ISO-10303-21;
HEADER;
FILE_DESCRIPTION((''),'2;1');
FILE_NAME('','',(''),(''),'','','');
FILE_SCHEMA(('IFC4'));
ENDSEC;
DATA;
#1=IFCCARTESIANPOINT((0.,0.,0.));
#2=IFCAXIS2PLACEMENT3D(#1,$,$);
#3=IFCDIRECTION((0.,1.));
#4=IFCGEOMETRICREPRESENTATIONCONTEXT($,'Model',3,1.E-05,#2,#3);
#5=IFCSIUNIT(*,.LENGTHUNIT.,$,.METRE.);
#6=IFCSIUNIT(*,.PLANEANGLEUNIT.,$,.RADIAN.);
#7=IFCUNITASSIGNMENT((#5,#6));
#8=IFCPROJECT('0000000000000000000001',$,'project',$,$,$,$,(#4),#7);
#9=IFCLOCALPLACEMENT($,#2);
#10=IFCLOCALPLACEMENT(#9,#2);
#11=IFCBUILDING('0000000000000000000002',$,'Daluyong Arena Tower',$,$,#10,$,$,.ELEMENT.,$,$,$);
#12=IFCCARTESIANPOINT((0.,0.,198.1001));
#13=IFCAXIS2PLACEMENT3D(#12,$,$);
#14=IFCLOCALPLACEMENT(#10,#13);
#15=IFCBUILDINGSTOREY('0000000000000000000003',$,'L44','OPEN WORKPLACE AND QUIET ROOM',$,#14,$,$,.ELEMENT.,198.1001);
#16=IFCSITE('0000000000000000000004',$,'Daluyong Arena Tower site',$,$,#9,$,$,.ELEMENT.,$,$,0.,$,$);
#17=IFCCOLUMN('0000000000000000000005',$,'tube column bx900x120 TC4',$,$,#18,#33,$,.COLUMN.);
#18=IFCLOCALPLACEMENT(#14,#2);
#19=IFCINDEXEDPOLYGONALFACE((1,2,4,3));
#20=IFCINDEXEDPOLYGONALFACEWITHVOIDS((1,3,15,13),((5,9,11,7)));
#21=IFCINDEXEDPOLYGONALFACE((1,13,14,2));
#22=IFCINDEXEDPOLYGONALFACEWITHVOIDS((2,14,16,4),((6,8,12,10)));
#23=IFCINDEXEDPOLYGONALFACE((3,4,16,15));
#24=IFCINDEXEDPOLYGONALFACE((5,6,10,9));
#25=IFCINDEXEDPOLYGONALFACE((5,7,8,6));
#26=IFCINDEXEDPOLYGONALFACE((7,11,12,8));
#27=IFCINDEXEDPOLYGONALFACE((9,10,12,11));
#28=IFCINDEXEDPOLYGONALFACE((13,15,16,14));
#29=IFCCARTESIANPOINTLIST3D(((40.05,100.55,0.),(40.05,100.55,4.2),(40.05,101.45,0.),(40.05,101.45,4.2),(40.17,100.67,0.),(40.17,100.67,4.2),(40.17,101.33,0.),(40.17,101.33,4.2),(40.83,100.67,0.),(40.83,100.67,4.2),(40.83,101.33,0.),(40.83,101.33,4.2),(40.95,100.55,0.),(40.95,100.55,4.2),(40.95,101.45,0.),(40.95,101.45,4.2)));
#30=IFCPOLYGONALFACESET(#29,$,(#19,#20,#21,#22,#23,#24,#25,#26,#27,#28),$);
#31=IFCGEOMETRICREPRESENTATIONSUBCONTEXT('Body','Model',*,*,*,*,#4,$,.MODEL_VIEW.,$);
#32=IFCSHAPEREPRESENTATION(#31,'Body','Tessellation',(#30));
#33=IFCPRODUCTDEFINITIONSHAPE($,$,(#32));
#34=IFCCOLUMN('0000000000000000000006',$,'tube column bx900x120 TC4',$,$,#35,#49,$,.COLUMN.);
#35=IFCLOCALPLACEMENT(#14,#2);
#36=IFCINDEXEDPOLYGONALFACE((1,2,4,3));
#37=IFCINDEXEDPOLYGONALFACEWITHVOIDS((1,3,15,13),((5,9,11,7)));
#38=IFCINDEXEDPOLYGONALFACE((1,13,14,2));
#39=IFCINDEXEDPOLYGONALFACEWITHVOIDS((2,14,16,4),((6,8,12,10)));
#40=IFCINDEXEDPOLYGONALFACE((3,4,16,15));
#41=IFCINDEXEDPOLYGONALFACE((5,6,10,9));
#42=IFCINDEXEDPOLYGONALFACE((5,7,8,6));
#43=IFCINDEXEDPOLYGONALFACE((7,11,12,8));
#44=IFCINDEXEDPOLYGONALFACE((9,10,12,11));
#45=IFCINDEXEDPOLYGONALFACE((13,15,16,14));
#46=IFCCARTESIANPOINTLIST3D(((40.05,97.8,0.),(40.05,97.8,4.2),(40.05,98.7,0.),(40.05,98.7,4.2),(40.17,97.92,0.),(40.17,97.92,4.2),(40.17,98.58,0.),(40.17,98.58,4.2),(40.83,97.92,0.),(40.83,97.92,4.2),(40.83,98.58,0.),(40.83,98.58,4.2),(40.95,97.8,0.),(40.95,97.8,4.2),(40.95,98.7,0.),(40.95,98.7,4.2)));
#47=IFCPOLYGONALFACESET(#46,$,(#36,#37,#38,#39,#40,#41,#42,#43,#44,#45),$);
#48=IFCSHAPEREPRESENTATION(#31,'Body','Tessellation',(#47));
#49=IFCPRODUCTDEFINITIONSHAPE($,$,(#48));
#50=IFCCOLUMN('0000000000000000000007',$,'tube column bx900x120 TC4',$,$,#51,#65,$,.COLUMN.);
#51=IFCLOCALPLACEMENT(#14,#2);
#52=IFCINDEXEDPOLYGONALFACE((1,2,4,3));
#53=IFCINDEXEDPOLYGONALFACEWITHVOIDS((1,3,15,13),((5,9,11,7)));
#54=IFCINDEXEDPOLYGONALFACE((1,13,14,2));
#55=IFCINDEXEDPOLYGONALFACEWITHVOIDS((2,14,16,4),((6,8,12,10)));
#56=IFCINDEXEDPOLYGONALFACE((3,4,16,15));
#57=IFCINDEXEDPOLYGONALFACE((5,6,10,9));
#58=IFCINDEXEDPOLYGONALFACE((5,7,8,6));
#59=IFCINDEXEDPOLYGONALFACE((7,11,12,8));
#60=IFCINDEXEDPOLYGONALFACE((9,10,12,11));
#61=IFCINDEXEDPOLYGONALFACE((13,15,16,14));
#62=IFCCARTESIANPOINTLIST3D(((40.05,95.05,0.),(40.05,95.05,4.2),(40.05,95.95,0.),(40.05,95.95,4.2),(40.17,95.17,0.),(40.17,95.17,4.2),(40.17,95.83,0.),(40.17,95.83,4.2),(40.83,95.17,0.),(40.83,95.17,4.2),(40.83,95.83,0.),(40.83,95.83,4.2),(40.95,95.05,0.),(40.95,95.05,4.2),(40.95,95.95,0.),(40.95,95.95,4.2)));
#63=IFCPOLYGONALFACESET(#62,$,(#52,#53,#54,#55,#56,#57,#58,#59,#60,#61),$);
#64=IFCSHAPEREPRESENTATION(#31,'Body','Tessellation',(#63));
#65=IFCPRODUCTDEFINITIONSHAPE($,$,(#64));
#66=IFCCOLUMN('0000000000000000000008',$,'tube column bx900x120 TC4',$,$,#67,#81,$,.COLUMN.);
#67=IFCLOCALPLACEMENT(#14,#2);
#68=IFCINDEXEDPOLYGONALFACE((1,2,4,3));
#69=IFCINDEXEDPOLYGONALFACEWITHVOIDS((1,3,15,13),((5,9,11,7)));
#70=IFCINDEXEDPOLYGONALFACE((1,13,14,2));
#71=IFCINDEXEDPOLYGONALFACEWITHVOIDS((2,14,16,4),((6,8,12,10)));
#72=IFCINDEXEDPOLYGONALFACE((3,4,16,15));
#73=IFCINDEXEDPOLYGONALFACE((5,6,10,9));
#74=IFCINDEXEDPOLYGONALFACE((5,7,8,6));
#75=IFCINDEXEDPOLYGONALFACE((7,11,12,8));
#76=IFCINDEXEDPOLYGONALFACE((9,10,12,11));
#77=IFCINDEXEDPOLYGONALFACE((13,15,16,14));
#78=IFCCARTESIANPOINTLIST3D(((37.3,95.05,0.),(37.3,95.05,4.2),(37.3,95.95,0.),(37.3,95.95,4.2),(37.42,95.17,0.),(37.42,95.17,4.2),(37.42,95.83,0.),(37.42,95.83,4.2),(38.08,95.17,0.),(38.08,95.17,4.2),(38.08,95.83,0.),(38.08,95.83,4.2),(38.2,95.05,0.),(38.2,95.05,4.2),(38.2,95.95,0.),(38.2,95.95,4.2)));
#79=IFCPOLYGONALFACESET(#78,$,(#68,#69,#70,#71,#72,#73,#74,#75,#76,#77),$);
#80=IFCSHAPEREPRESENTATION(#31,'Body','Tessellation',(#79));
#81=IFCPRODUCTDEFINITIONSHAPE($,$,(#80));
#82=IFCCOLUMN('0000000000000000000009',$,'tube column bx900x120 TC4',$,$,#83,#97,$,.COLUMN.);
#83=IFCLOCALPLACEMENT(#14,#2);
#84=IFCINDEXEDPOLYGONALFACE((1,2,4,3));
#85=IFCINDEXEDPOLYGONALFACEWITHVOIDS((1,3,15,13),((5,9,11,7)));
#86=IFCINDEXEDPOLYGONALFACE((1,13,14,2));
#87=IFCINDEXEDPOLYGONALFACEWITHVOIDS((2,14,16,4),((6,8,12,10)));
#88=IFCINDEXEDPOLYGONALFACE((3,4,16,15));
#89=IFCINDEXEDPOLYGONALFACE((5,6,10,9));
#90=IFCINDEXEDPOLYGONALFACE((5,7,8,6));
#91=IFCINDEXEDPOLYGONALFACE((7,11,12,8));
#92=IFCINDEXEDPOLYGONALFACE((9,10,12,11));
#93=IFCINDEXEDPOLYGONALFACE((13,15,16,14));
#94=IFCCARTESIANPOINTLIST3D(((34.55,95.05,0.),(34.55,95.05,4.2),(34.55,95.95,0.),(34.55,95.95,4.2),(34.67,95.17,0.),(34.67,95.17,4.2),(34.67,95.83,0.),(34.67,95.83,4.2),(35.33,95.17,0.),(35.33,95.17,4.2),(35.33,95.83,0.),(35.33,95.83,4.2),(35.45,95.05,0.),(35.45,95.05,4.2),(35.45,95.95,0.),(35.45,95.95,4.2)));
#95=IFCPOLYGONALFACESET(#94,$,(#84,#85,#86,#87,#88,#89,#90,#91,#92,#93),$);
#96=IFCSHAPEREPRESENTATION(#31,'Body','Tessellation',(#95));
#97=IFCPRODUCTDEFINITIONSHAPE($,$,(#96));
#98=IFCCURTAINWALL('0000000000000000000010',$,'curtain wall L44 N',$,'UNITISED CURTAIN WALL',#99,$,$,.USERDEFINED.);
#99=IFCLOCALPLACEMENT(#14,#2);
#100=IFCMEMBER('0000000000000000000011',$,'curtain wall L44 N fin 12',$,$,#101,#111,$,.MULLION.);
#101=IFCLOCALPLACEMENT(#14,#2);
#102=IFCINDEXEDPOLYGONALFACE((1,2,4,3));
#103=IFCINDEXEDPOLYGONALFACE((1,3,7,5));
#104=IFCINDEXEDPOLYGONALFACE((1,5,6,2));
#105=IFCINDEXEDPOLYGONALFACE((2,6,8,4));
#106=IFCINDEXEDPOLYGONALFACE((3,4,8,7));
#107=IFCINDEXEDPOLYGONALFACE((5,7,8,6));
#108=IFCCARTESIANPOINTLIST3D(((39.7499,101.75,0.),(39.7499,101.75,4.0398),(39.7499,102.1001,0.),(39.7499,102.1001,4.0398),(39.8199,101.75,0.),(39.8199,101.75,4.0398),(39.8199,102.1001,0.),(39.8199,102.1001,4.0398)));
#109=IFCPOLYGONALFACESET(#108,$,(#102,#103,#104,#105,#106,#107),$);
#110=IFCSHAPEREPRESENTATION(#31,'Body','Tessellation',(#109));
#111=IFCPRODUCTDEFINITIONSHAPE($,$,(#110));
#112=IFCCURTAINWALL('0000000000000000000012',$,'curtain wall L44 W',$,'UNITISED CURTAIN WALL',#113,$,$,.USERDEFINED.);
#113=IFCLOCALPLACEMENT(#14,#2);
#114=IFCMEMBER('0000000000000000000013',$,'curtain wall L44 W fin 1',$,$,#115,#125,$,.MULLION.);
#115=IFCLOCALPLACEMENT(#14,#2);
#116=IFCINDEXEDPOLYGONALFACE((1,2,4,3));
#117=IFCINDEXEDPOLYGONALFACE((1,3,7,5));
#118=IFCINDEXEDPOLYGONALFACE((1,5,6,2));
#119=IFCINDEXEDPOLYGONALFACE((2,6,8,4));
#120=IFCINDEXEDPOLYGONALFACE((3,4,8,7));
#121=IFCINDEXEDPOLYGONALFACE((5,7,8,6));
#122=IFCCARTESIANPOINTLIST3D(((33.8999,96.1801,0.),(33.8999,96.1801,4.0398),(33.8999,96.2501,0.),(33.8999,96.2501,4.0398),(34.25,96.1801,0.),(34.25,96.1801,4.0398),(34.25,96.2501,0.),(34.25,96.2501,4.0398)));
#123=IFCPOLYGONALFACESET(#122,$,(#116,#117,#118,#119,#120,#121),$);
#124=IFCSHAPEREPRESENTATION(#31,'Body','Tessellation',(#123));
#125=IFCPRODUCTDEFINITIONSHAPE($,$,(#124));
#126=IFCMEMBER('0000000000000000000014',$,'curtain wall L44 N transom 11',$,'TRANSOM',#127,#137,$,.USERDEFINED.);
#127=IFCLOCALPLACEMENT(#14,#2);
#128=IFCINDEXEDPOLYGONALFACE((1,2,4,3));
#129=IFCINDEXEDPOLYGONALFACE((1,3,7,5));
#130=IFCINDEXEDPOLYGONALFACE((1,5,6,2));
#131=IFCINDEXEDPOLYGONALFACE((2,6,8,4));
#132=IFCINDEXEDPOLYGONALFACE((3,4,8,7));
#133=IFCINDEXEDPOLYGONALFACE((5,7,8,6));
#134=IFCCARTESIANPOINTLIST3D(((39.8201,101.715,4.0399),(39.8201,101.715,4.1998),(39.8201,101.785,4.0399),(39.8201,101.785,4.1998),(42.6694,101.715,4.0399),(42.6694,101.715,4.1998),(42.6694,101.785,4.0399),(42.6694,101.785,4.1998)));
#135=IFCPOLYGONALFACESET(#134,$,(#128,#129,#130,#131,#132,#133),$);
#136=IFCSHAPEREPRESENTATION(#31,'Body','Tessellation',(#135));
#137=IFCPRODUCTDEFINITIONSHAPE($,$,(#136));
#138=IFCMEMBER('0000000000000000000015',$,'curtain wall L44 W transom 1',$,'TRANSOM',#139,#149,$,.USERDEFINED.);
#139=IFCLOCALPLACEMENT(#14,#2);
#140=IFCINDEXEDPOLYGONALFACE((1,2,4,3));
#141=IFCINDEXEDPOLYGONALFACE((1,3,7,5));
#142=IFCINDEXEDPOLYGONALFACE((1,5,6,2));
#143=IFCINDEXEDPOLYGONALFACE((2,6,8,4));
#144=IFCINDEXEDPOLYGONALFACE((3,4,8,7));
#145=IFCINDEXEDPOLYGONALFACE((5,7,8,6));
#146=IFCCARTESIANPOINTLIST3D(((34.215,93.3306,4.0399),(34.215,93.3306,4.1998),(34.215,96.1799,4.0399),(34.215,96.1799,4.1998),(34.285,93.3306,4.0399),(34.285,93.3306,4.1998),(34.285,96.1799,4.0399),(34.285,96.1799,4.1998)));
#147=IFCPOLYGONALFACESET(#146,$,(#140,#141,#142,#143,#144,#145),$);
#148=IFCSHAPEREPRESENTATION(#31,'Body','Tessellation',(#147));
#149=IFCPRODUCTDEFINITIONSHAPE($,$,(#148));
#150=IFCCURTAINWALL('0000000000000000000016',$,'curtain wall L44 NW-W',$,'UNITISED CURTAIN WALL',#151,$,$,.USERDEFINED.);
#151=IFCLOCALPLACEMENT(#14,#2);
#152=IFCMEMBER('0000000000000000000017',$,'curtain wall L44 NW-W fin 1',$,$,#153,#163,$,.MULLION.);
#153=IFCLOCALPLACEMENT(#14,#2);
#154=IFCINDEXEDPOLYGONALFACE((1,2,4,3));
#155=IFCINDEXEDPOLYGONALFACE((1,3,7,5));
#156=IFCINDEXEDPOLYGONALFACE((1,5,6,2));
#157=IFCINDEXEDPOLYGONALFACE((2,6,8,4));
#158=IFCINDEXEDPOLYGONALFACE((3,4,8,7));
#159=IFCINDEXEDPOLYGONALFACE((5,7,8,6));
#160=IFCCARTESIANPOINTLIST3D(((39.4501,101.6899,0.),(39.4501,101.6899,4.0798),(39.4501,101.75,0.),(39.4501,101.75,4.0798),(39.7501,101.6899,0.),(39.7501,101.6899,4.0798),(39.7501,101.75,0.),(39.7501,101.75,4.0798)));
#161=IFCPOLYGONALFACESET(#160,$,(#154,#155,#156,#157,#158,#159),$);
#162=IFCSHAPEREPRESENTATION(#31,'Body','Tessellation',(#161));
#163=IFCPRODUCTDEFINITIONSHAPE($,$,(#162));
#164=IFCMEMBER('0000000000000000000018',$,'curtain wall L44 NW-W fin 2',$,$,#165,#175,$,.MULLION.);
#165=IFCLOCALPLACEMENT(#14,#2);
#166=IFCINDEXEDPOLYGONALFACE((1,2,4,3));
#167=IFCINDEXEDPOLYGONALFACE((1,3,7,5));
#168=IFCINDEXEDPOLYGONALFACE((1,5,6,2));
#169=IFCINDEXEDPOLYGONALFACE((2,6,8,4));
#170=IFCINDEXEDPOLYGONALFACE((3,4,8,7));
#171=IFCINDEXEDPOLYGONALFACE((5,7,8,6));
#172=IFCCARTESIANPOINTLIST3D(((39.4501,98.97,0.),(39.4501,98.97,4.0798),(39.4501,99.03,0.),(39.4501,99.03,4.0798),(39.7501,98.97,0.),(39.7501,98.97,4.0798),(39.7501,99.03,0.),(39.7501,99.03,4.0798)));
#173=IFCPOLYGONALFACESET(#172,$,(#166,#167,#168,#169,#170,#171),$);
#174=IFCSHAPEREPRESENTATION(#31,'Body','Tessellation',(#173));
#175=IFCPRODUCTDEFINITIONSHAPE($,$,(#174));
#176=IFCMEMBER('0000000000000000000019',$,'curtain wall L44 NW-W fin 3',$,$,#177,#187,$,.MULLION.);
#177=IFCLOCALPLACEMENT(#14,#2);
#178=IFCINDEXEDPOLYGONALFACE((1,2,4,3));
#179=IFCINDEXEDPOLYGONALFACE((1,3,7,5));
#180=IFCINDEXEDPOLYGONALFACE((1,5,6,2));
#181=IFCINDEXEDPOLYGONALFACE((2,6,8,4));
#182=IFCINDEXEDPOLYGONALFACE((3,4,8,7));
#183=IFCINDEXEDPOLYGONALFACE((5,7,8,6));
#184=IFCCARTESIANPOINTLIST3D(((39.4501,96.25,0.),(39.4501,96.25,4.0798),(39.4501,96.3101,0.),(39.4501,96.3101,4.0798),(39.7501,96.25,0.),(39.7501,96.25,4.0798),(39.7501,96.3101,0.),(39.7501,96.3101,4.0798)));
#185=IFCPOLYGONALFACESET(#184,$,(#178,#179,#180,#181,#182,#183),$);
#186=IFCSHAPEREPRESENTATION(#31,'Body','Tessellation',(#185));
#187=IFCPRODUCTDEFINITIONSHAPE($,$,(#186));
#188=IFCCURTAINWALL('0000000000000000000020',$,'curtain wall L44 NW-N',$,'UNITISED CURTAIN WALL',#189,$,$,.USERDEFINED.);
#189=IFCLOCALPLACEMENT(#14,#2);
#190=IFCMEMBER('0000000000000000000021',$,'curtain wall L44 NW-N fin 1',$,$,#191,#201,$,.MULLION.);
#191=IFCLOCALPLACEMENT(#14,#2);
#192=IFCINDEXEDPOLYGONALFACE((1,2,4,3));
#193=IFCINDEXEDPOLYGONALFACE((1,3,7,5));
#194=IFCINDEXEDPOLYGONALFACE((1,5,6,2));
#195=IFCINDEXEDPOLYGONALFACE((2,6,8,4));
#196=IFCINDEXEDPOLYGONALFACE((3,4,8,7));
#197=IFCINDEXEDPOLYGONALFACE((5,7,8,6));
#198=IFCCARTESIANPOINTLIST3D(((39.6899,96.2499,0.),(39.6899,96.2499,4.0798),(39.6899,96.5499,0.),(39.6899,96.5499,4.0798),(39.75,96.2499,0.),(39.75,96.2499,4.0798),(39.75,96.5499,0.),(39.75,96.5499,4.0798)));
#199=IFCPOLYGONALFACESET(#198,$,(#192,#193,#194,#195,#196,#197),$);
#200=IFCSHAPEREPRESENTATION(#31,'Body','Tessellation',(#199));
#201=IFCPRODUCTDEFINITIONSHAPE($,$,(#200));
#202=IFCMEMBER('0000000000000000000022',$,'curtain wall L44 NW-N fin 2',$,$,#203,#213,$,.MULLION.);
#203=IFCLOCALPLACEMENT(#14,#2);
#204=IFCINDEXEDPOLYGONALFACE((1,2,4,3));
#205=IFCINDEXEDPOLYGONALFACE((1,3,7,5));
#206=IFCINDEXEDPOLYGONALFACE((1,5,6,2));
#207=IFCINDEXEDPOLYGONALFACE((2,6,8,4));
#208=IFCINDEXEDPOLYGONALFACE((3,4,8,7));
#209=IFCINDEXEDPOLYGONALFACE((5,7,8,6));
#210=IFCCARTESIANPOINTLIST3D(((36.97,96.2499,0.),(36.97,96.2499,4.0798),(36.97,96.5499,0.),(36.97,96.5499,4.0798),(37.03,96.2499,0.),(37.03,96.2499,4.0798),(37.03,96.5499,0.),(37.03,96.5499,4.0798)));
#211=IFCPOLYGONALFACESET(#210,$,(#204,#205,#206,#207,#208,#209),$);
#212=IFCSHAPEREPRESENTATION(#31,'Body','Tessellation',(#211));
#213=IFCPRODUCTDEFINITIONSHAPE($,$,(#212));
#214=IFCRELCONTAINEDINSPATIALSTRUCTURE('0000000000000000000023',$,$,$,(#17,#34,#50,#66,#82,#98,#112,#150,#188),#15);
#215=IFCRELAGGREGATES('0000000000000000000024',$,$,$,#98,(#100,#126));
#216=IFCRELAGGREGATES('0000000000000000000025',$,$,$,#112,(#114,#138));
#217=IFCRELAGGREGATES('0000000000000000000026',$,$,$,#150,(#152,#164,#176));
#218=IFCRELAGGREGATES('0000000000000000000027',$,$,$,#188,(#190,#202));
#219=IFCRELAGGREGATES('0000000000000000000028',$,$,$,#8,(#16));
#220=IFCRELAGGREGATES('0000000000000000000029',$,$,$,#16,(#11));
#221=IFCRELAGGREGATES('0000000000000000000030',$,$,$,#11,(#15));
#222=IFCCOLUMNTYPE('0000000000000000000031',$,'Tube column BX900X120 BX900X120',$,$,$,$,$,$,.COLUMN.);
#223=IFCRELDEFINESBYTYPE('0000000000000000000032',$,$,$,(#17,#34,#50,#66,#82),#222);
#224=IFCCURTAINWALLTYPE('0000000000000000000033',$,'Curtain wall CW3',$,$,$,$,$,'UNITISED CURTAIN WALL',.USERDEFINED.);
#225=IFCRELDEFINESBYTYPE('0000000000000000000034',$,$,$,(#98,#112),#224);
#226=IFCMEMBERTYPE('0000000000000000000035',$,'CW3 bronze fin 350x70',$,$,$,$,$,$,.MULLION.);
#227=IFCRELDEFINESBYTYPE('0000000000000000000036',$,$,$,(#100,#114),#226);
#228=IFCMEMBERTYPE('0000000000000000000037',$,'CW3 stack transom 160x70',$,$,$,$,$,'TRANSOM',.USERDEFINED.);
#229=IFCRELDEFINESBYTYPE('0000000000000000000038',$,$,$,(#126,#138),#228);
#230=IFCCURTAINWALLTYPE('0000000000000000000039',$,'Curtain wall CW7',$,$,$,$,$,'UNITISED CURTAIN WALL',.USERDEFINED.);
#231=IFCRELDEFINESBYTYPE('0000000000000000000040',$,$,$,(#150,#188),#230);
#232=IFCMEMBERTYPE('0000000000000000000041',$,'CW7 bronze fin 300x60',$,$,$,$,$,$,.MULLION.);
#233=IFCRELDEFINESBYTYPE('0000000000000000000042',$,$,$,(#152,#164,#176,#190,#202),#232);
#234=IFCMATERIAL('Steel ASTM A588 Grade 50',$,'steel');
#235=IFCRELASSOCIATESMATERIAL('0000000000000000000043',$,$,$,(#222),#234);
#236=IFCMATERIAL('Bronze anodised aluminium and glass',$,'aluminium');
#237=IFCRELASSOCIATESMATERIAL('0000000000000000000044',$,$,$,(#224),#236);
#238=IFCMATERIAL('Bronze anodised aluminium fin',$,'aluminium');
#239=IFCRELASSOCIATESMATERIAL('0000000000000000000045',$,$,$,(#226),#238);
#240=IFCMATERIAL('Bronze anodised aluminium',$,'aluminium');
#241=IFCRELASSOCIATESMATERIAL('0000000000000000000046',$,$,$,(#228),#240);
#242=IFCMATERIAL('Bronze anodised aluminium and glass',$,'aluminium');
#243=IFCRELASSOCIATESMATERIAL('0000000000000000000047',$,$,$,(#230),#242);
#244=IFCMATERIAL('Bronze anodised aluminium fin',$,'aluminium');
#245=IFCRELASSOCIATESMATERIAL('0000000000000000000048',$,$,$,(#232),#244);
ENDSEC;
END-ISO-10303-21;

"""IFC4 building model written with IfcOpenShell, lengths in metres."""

from ifc_helpers import new_model, si_unit, direction, frame, origin, origin_2d, place, context, subcontext, project, spatial, rectangle, hollow_rectangle, extrude, material, material_profile, profile_set, type_object, element, aggregate, save


model = new_model("IFC4")

# Units and contexts
model_context = context("Model", 3, precision=1e-05, world=origin(), true_north=direction((0.0, 1.0)))
body_context = subcontext(model_context, "Body", "Model", "MODEL_VIEW")
ifc_project = project(units=[si_unit("LENGTHUNIT", "METRE"), si_unit("PLANEANGLEUNIT", "RADIAN")], contexts=[model_context])

# Site, building, storey
site_placement = place(None, origin())
site = spatial("IfcSite", under=ifc_project, at=site_placement, Name="Daluyong Arena Tower site", CompositionType="ELEMENT", RefElevation=0.0)
building_placement = place(site_placement, origin())
building = spatial("IfcBuilding", under=site, at=building_placement, Name="Daluyong Arena Tower", CompositionType="ELEMENT")
storey_placement = place(building_placement, frame((0.0, 0.0, 198.1001)))
storey = spatial("IfcBuildingStorey", under=building, at=storey_placement, Name="L44", Description="OPEN WORKPLACE AND QUIET ROOM", CompositionType="ELEMENT", Elevation=198.1001)

# Columns
ifc_material_1 = material(Name="Steel ASTM A588 Grade 50", Category="steel")
ifc_material_profile_1 = material_profile(ifc_material_1, hollow_rectangle(XDim=0.8999, YDim=0.8999, WallThickness=0.12, at=origin_2d()))
ifc_profile_set_1 = profile_set([ifc_material_profile_1], Name="Steel ASTM A588 Grade 50")
column_type = type_object("IfcColumnType", Name="Tube column BX900X120 BX900X120", PredefinedType="COLUMN", material=ifc_profile_set_1)
for number, where, z_axis, x_axis, name in (
    (1, (40.5, 101.0, 0.0), (0.0, 0.0, 1.0), (0.0, 1.0, 0.0), "tube column bx900x120 TC4"),
    (2, (40.5, 98.25, 0.0), (0.0, 0.0, 1.0), (0.0, 1.0, 0.0), "tube column bx900x120 TC4"),
    (3, (40.5, 95.5, 0.0), (0.0, 0.0, 1.0), (1.0, 0.0, 0.0), "tube column bx900x120 TC4"),
    (4, (37.75, 95.5, 0.0), (0.0, 0.0, 1.0), (1.0, 0.0, 0.0), "tube column bx900x120 TC4"),
    (5, (35.0, 95.5, 0.0), (0.0, 0.0, 1.0), (0.0, 1.0, 0.0), "tube column bx900x120 TC4"),
):
    element("IfcColumn", number, at=place(storey_placement, frame(where, z_axis=z_axis, x_axis=x_axis)), inside=storey, type_object=column_type, Name=name, PredefinedType="COLUMN", context=body_context, shape_type="SweptSolid", body=[
        extrude(hollow_rectangle(XDim=0.8999, YDim=0.8999, WallThickness=0.12, at=origin_2d()), origin(), (0.0, 0.0, 1.0), 4.2),
    ])

# Curtain walls, members
ifc_material_2 = material(Name="Bronze anodised aluminium and glass", Category="aluminium")
curtain_wall_type_1 = type_object("IfcCurtainWallType", Name="Curtain wall CW3", ElementType="UNITISED CURTAIN WALL", PredefinedType="USERDEFINED", material=ifc_material_2)
curtain_wall_1_placement = place(storey_placement, origin())
curtain_wall_1 = element("IfcCurtainWall", 6, at=curtain_wall_1_placement, inside=storey, type_object=curtain_wall_type_1, Name="curtain wall L44 N", ObjectType="UNITISED CURTAIN WALL", PredefinedType="USERDEFINED")
ifc_material_3 = material(Name="Bronze anodised aluminium fin", Category="aluminium")
ifc_material_profile_2 = material_profile(ifc_material_3, rectangle(XDim=0.3501, YDim=0.0701, at=origin_2d()))
ifc_profile_set_2 = profile_set([ifc_material_profile_2], Name="Bronze anodised aluminium fin")
member_type_1 = type_object("IfcMemberType", Name="CW3 bronze fin 350x70", PredefinedType="MULLION", material=ifc_profile_set_2)
member_1_placement = place(storey_placement, frame((39.7849, 101.925, 0.0), z_axis=(0.0, 0.0, 1.0), x_axis=(0.0, -1.0, 0.0)))
member_1 = element("IfcMember", 7, at=member_1_placement, type_object=member_type_1, Name="curtain wall L44 N fin 12", PredefinedType="MULLION", context=body_context, shape_type="SweptSolid", body=[
    extrude(rectangle(XDim=0.3501, YDim=0.0701, at=origin_2d()), origin(), (0.0, 0.0, 1.0), 4.0398),
])
curtain_wall_2_placement = place(storey_placement, origin())
curtain_wall_2 = element("IfcCurtainWall", 8, at=curtain_wall_2_placement, inside=storey, type_object=curtain_wall_type_1, Name="curtain wall L44 W", ObjectType="UNITISED CURTAIN WALL", PredefinedType="USERDEFINED")
member_2_placement = place(storey_placement, frame((34.075, 96.2151, 0.0), z_axis=(0.0, 0.0, 1.0), x_axis=(1.0, 0.0, 0.0)))
member_2 = element("IfcMember", 9, at=member_2_placement, type_object=member_type_1, Name="curtain wall L44 W fin 1", PredefinedType="MULLION", context=body_context, shape_type="SweptSolid", body=[
    extrude(rectangle(XDim=0.3501, YDim=0.0701, at=origin_2d()), origin(), (0.0, 0.0, 1.0), 4.0398),
])

# Members
ifc_material_4 = material(Name="Bronze anodised aluminium", Category="aluminium")
ifc_material_profile_3 = material_profile(ifc_material_4, rectangle(XDim=0.0701, YDim=0.1599, at=origin_2d()))
ifc_profile_set_3 = profile_set([ifc_material_profile_3], Name="Bronze anodised aluminium")
member_type_2 = type_object("IfcMemberType", Name="CW3 stack transom 160x70", ElementType="TRANSOM", PredefinedType="USERDEFINED", material=ifc_profile_set_3)
member_3_placement = place(storey_placement, frame((42.6694, 101.75, 4.1199), z_axis=(-1.0, 0.0, 0.0), x_axis=(0.0, -1.0, 0.0)))
member_3 = element("IfcMember", 10, at=member_3_placement, type_object=member_type_2, Name="curtain wall L44 N transom 11", ObjectType="TRANSOM", PredefinedType="USERDEFINED", context=body_context, shape_type="SweptSolid", body=[
    extrude(rectangle(XDim=0.0701, YDim=0.1599, at=origin_2d()), origin(), (0.0, 0.0, 1.0), 2.8494),
])
member_4_placement = place(storey_placement, frame((34.25, 96.1799, 4.1199), z_axis=(0.0, -1.0, 0.0), x_axis=(1.0, 0.0, 0.0)))
member_4 = element("IfcMember", 11, at=member_4_placement, type_object=member_type_2, Name="curtain wall L44 W transom 1", ObjectType="TRANSOM", PredefinedType="USERDEFINED", context=body_context, shape_type="SweptSolid", body=[
    extrude(rectangle(XDim=0.0701, YDim=0.1599, at=origin_2d()), origin(), (0.0, 0.0, 1.0), 2.8494),
])

# Curtain walls, members
ifc_material_5 = material(Name="Bronze anodised aluminium and glass", Category="aluminium")
curtain_wall_type_2 = type_object("IfcCurtainWallType", Name="Curtain wall CW7", ElementType="UNITISED CURTAIN WALL", PredefinedType="USERDEFINED", material=ifc_material_5)
curtain_wall_3_placement = place(storey_placement, origin())
curtain_wall_3 = element("IfcCurtainWall", 12, at=curtain_wall_3_placement, inside=storey, type_object=curtain_wall_type_2, Name="curtain wall L44 NW-W", ObjectType="UNITISED CURTAIN WALL", PredefinedType="USERDEFINED")
ifc_material_6 = material(Name="Bronze anodised aluminium fin", Category="aluminium")
ifc_material_profile_4 = material_profile(ifc_material_6, rectangle(XDim=0.3, YDim=0.0601, at=origin_2d()))
ifc_profile_set_4 = profile_set([ifc_material_profile_4], Name="Bronze anodised aluminium fin")
member_type_3 = type_object("IfcMemberType", Name="CW7 bronze fin 300x60", PredefinedType="MULLION", material=ifc_profile_set_4)
member_5_placement = place(storey_placement, frame((39.6001, 101.72, 0.0), z_axis=(0.0, 0.0, 1.0), x_axis=(1.0, 0.0, 0.0)))
member_5 = element("IfcMember", 13, at=member_5_placement, type_object=member_type_3, Name="curtain wall L44 NW-W fin 1", PredefinedType="MULLION", context=body_context, shape_type="SweptSolid", body=[
    extrude(rectangle(XDim=0.3, YDim=0.0601, at=origin_2d()), origin(), (0.0, 0.0, 1.0), 4.0798),
])
member_6_placement = place(storey_placement, frame((39.6001, 99.0, 0.0), z_axis=(0.0, 0.0, 1.0), x_axis=(1.0, 0.0, 0.0)))
member_6 = element("IfcMember", 14, at=member_6_placement, type_object=member_type_3, Name="curtain wall L44 NW-W fin 2", PredefinedType="MULLION", context=body_context, shape_type="SweptSolid", body=[
    extrude(rectangle(XDim=0.3, YDim=0.0601, at=origin_2d()), origin(), (0.0, 0.0, 1.0), 4.0798),
])
member_7_placement = place(storey_placement, frame((39.6001, 96.28, 0.0), z_axis=(0.0, 0.0, 1.0), x_axis=(1.0, 0.0, 0.0)))
member_7 = element("IfcMember", 15, at=member_7_placement, type_object=member_type_3, Name="curtain wall L44 NW-W fin 3", PredefinedType="MULLION", context=body_context, shape_type="SweptSolid", body=[
    extrude(rectangle(XDim=0.3, YDim=0.0601, at=origin_2d()), origin(), (0.0, 0.0, 1.0), 4.0798),
])
curtain_wall_4_placement = place(storey_placement, origin())
curtain_wall_4 = element("IfcCurtainWall", 16, at=curtain_wall_4_placement, inside=storey, type_object=curtain_wall_type_2, Name="curtain wall L44 NW-N", ObjectType="UNITISED CURTAIN WALL", PredefinedType="USERDEFINED")
member_8_placement = place(storey_placement, frame((39.72, 96.3999, 0.0), z_axis=(0.0, 0.0, 1.0), x_axis=(0.0, -1.0, 0.0)))
member_8 = element("IfcMember", 17, at=member_8_placement, type_object=member_type_3, Name="curtain wall L44 NW-N fin 1", PredefinedType="MULLION", context=body_context, shape_type="SweptSolid", body=[
    extrude(rectangle(XDim=0.3, YDim=0.0601, at=origin_2d()), origin(), (0.0, 0.0, 1.0), 4.0798),
])
member_9_placement = place(storey_placement, frame((37.0, 96.3999, 0.0), z_axis=(0.0, 0.0, 1.0), x_axis=(0.0, -1.0, 0.0)))
member_9 = element("IfcMember", 18, at=member_9_placement, type_object=member_type_3, Name="curtain wall L44 NW-N fin 2", PredefinedType="MULLION", context=body_context, shape_type="SweptSolid", body=[
    extrude(rectangle(XDim=0.3, YDim=0.0601, at=origin_2d()), origin(), (0.0, 0.0, 1.0), 4.0798),
])

aggregate(curtain_wall_1, [member_1, member_3])
aggregate(curtain_wall_2, [member_2, member_4])
aggregate(curtain_wall_3, [member_5, member_6, member_7])
aggregate(curtain_wall_4, [member_8, member_9])

save(model, "model.ifc")
